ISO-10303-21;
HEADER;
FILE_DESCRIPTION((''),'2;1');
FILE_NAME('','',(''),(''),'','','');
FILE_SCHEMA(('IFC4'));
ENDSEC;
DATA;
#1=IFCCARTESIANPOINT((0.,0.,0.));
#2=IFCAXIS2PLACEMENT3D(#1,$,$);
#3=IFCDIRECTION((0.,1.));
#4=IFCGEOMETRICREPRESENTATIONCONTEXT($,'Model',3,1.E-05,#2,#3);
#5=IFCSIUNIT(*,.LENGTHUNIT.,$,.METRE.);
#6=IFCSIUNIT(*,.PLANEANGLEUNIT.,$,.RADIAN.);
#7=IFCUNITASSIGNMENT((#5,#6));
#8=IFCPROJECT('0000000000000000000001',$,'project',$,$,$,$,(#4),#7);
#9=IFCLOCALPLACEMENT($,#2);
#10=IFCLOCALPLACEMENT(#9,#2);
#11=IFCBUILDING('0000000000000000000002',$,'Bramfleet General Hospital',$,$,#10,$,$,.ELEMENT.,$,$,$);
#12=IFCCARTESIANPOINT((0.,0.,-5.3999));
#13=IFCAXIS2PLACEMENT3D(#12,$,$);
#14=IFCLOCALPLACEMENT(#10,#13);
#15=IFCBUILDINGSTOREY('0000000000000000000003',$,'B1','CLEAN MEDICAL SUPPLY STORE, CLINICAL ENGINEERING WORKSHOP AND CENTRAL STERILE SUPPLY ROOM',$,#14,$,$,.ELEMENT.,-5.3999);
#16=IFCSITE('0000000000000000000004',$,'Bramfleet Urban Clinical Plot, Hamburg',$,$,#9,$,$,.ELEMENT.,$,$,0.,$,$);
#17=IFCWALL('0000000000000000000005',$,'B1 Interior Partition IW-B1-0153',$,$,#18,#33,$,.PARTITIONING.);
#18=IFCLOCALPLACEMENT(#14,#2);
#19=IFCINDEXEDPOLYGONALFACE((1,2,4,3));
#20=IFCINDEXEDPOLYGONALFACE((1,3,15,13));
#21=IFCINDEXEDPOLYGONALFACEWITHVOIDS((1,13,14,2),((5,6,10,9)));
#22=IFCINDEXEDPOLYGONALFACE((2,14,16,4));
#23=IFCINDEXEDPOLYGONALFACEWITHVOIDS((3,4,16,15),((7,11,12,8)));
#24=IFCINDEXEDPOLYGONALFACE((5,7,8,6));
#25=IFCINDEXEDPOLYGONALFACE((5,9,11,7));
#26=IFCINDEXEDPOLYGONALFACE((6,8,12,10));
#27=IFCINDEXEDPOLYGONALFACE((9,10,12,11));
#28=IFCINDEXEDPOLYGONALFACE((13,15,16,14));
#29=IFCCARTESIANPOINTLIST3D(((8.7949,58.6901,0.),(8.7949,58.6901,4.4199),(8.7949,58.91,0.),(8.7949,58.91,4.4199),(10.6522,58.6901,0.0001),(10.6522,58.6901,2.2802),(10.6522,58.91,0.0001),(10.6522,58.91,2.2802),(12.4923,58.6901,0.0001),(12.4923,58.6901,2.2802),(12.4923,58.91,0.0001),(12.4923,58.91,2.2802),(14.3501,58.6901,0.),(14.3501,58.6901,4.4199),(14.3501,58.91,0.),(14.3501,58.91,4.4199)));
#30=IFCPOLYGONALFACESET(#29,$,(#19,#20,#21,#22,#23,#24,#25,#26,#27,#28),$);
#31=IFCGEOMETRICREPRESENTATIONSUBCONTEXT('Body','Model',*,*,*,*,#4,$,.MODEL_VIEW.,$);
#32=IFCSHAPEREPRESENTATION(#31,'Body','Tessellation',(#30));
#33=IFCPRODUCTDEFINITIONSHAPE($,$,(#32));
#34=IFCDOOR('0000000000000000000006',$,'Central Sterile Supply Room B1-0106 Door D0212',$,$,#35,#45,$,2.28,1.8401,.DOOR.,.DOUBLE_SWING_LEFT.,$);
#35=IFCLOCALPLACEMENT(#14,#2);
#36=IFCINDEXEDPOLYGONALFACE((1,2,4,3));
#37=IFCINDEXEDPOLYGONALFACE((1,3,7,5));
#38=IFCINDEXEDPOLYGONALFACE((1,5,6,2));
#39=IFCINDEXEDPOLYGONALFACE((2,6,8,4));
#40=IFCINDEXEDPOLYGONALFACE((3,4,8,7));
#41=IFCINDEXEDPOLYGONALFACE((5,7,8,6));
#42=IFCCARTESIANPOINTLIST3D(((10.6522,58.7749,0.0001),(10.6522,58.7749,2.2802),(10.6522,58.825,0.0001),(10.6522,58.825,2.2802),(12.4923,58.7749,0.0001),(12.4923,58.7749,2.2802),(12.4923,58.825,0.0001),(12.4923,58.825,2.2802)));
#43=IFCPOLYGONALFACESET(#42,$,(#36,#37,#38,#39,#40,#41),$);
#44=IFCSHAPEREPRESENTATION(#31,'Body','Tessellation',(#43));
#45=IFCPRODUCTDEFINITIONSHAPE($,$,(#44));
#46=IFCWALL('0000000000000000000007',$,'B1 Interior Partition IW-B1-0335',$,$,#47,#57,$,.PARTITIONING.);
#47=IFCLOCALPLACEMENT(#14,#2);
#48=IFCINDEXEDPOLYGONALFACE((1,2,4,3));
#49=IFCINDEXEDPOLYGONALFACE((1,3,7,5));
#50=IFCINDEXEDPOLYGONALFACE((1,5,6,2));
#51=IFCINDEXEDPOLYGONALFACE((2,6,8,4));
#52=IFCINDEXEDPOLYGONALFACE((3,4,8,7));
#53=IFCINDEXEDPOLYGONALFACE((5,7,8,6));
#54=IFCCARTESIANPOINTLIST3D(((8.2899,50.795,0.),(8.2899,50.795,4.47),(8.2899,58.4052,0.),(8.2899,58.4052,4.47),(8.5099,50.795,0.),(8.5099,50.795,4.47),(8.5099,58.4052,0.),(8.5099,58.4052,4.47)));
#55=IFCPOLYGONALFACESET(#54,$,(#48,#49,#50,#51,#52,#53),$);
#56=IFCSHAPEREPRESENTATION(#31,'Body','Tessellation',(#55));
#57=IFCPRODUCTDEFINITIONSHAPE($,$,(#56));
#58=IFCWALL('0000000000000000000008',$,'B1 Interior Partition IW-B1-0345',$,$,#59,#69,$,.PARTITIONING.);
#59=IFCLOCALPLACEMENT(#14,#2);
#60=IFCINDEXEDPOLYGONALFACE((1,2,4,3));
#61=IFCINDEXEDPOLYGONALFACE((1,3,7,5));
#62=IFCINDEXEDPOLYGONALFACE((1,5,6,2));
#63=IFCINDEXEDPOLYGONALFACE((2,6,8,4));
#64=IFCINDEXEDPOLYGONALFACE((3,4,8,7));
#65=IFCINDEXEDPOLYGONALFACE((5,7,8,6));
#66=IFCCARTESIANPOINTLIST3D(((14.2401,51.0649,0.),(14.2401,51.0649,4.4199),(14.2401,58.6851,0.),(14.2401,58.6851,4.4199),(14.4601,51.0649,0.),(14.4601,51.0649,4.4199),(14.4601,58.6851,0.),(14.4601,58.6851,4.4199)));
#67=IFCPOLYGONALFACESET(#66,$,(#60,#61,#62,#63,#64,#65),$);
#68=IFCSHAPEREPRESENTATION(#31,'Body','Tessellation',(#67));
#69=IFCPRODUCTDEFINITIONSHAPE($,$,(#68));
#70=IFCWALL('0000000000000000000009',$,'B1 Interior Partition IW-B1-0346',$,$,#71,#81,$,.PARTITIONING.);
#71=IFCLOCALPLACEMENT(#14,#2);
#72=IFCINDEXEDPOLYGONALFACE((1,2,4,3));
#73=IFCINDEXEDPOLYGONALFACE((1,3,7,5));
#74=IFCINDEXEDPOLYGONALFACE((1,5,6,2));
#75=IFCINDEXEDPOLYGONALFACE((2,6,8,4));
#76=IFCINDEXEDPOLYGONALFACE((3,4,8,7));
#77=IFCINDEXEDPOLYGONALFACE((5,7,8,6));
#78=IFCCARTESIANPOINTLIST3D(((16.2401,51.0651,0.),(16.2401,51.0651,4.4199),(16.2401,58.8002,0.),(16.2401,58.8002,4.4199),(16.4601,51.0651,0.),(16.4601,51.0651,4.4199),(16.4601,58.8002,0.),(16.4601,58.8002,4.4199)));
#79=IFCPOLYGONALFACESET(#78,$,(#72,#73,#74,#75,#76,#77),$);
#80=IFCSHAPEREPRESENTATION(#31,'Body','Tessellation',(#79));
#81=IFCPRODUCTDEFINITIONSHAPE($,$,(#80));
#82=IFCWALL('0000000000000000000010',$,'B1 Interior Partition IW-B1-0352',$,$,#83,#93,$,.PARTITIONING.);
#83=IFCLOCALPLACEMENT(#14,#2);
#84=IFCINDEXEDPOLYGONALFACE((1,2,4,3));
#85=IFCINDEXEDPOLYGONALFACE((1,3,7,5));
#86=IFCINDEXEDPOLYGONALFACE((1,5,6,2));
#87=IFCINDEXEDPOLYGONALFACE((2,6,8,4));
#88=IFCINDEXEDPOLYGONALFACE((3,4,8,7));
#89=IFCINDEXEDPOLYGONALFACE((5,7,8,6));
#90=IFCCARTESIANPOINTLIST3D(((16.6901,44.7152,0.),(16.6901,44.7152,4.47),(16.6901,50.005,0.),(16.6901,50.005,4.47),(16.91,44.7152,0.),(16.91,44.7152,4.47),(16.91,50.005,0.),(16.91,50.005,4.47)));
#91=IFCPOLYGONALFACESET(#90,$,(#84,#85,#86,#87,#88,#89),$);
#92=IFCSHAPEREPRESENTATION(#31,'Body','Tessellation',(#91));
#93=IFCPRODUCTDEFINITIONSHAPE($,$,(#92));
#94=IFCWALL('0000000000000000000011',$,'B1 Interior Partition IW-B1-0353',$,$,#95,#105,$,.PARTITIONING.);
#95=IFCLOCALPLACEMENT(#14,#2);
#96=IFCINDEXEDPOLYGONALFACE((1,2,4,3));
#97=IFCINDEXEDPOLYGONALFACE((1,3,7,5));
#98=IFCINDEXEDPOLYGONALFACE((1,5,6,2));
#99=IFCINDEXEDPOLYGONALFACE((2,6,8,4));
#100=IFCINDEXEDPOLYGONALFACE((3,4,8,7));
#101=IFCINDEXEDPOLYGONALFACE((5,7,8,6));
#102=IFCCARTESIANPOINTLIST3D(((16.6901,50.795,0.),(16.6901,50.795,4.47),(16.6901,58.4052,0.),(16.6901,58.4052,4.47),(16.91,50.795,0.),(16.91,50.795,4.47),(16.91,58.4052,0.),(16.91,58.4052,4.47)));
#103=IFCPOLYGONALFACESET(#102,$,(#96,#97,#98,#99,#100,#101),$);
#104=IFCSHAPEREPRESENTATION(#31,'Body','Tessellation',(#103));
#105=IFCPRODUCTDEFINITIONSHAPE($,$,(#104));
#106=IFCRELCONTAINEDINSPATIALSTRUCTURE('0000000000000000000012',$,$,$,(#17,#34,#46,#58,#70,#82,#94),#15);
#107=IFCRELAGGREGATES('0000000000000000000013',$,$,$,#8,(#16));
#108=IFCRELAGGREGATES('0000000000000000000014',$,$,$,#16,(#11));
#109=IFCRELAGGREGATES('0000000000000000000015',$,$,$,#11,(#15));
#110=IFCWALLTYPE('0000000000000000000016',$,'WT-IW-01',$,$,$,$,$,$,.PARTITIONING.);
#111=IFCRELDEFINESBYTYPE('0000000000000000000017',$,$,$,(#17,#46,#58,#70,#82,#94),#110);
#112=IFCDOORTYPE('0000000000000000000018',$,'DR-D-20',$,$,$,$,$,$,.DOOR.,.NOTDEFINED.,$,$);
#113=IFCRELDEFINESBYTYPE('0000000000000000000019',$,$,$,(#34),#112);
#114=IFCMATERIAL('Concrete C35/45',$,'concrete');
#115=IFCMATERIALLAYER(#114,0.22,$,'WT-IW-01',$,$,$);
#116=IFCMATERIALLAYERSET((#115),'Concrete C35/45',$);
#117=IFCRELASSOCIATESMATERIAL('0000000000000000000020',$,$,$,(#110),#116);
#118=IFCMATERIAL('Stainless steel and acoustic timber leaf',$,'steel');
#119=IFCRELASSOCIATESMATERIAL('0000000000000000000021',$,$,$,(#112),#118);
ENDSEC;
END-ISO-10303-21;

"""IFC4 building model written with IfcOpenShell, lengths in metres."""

from ifc_helpers import new_model, si_unit, direction, frame, frame_2d, origin, place, context, subcontext, project, spatial, rectangle, extrude, material, layer, layer_set, type_object, element, fill, save


model = new_model("IFC4")

# Units and contexts
model_context = context("Model", 3, precision=1e-05, world=origin(), true_north=direction((0.0, 1.0)))
body_context = subcontext(model_context, "Body", "Model", "MODEL_VIEW")
ifc_project = project(units=[si_unit("LENGTHUNIT", "METRE"), si_unit("PLANEANGLEUNIT", "RADIAN")], contexts=[model_context])

# Site, building, storey
site_placement = place(None, origin())
site = spatial("IfcSite", under=ifc_project, at=site_placement, Name="Bramfleet Urban Clinical Plot, Hamburg", CompositionType="ELEMENT", RefElevation=0.0)
building_placement = place(site_placement, origin())
building = spatial("IfcBuilding", under=site, at=building_placement, Name="Bramfleet General Hospital", CompositionType="ELEMENT")
storey_placement = place(building_placement, frame((0.0, 0.0, -5.3999)))
storey = spatial("IfcBuildingStorey", under=building, at=storey_placement, Name="B1", Description="CLEAN MEDICAL SUPPLY STORE, CLINICAL ENGINEERING WORKSHOP AND CENTRAL STERILE SUPPLY ROOM", CompositionType="ELEMENT", Elevation=-5.3999)

# Shared definitions
ifc_material_1 = material(Name="Concrete C35/45", Category="concrete")

# Shared definitions
ifc_layer = layer(ifc_material_1, 0.22, Name="WT-IW-01")
ifc_layer_set = layer_set([ifc_layer], Name="Concrete C35/45")
wall_type = type_object("IfcWallType", Name="WT-IW-01", PredefinedType="PARTITIONING", material=ifc_layer_set)
ifc_material_2 = material(Name="Stainless steel and acoustic timber leaf", Category="steel")

# Wall, opening, door
wall_1_placement = place(storey_placement, frame((8.7949, 58.8, 0.0), z_axis=(0.0, 0.0, 1.0), x_axis=(1.0, 0.0, 0.0)))
wall_1 = element("IfcWall", 1, at=wall_1_placement, inside=storey, type_object=wall_type, Name="B1 Interior Partition IW-B1-0153", PredefinedType="PARTITIONING", context=body_context, shape_type="SweptSolid", body=[
    extrude(rectangle(XDim=5.5552, YDim=0.22, at=frame_2d((2.7776, 0.0))), origin(), (0.0, 0.0, 1.0), 4.4199),
])
opening_1_placement = place(wall_1_placement, frame((1.8574, 0.0, 0.0)))
opening_1 = element("IfcOpeningElement", 2, at=opening_1_placement, cuts=wall_1, PredefinedType="OPENING", context=body_context, shape_type="SweptSolid", body=[
    extrude(rectangle(XDim=1.8401, YDim=2.28, at=frame_2d((0.9199, 1.1401))), frame((0.0, 0.1199, 0.0), z_axis=(0.0, -1.0, 0.0), x_axis=(1.0, 0.0, 0.0)), (0.0, 0.0, 1.0), 0.24),
])
door_type_1 = type_object("IfcDoorType", Name="DR-D-20", OperationType="NOTDEFINED", PredefinedType="DOOR", material=ifc_material_2)
door_1_placement = place(opening_1_placement, origin())
door_1 = element("IfcDoor", 3, at=door_1_placement, inside=storey, type_object=door_type_1, Name="Central Sterile Supply Room B1-0106 Door D0212", OperationType="DOUBLE_SWING_LEFT", OverallHeight=2.28, OverallWidth=1.8401, PredefinedType="DOOR", context=body_context, shape_type="SweptSolid", body=[
    extrude(rectangle(XDim=1.8401, YDim=2.28, at=frame_2d((0.9199, 1.1401))), frame((0.0, 0.0249, 0.0), z_axis=(0.0, -1.0, 0.0), x_axis=(1.0, 0.0, 0.0)), (0.0, 0.0, 1.0), 0.05),
])
fill(opening_1, door_1)

# Walls
wall_2_placement = place(storey_placement, frame((8.3999, 50.7949, 0.0), z_axis=(0.0, 0.0, 1.0), x_axis=(0.0, 1.0, 0.0)))
element("IfcWall", 4, at=wall_2_placement, inside=storey, type_object=wall_type, Name="B1 Interior Partition IW-B1-0335", PredefinedType="PARTITIONING", context=body_context, shape_type="SweptSolid", body=[
    extrude(rectangle(XDim=7.6101, YDim=0.22, at=frame_2d((3.8052, 0.0))), origin(), (0.0, 0.0, 1.0), 4.47),
])
wall_3_placement = place(storey_placement, frame((14.3501, 51.0649, 0.0), z_axis=(0.0, 0.0, 1.0), x_axis=(0.0, 1.0, 0.0)))
element("IfcWall", 5, at=wall_3_placement, inside=storey, type_object=wall_type, Name="B1 Interior Partition IW-B1-0345", PredefinedType="PARTITIONING", context=body_context, shape_type="SweptSolid", body=[
    extrude(rectangle(XDim=7.6201, YDim=0.22, at=frame_2d((3.8101, 0.0))), origin(), (0.0, 0.0, 1.0), 4.4199),
])
wall_4_placement = place(storey_placement, frame((16.3501, 51.0649, 0.0), z_axis=(0.0, 0.0, 1.0), x_axis=(0.0, 1.0, 0.0)))
element("IfcWall", 6, at=wall_4_placement, inside=storey, type_object=wall_type, Name="B1 Interior Partition IW-B1-0346", PredefinedType="PARTITIONING", context=body_context, shape_type="SweptSolid", body=[
    extrude(rectangle(XDim=7.7351, YDim=0.22, at=frame_2d((3.8677, 0.0))), origin(), (0.0, 0.0, 1.0), 4.4199),
])
wall_5_placement = place(storey_placement, frame((16.8, 44.7151, 0.0), z_axis=(0.0, 0.0, 1.0), x_axis=(0.0, 1.0, 0.0)))
element("IfcWall", 7, at=wall_5_placement, inside=storey, type_object=wall_type, Name="B1 Interior Partition IW-B1-0352", PredefinedType="PARTITIONING", context=body_context, shape_type="SweptSolid", body=[
    extrude(rectangle(XDim=5.2898, YDim=0.22, at=frame_2d((2.645, 0.0))), origin(), (0.0, 0.0, 1.0), 4.47),
])
wall_6_placement = place(storey_placement, frame((16.8, 50.7949, 0.0), z_axis=(0.0, 0.0, 1.0), x_axis=(0.0, 1.0, 0.0)))
element("IfcWall", 8, at=wall_6_placement, inside=storey, type_object=wall_type, Name="B1 Interior Partition IW-B1-0353", PredefinedType="PARTITIONING", context=body_context, shape_type="SweptSolid", body=[
    extrude(rectangle(XDim=7.6101, YDim=0.22, at=frame_2d((3.8052, 0.0))), origin(), (0.0, 0.0, 1.0), 4.47),
])

save(model, "model.ifc")
